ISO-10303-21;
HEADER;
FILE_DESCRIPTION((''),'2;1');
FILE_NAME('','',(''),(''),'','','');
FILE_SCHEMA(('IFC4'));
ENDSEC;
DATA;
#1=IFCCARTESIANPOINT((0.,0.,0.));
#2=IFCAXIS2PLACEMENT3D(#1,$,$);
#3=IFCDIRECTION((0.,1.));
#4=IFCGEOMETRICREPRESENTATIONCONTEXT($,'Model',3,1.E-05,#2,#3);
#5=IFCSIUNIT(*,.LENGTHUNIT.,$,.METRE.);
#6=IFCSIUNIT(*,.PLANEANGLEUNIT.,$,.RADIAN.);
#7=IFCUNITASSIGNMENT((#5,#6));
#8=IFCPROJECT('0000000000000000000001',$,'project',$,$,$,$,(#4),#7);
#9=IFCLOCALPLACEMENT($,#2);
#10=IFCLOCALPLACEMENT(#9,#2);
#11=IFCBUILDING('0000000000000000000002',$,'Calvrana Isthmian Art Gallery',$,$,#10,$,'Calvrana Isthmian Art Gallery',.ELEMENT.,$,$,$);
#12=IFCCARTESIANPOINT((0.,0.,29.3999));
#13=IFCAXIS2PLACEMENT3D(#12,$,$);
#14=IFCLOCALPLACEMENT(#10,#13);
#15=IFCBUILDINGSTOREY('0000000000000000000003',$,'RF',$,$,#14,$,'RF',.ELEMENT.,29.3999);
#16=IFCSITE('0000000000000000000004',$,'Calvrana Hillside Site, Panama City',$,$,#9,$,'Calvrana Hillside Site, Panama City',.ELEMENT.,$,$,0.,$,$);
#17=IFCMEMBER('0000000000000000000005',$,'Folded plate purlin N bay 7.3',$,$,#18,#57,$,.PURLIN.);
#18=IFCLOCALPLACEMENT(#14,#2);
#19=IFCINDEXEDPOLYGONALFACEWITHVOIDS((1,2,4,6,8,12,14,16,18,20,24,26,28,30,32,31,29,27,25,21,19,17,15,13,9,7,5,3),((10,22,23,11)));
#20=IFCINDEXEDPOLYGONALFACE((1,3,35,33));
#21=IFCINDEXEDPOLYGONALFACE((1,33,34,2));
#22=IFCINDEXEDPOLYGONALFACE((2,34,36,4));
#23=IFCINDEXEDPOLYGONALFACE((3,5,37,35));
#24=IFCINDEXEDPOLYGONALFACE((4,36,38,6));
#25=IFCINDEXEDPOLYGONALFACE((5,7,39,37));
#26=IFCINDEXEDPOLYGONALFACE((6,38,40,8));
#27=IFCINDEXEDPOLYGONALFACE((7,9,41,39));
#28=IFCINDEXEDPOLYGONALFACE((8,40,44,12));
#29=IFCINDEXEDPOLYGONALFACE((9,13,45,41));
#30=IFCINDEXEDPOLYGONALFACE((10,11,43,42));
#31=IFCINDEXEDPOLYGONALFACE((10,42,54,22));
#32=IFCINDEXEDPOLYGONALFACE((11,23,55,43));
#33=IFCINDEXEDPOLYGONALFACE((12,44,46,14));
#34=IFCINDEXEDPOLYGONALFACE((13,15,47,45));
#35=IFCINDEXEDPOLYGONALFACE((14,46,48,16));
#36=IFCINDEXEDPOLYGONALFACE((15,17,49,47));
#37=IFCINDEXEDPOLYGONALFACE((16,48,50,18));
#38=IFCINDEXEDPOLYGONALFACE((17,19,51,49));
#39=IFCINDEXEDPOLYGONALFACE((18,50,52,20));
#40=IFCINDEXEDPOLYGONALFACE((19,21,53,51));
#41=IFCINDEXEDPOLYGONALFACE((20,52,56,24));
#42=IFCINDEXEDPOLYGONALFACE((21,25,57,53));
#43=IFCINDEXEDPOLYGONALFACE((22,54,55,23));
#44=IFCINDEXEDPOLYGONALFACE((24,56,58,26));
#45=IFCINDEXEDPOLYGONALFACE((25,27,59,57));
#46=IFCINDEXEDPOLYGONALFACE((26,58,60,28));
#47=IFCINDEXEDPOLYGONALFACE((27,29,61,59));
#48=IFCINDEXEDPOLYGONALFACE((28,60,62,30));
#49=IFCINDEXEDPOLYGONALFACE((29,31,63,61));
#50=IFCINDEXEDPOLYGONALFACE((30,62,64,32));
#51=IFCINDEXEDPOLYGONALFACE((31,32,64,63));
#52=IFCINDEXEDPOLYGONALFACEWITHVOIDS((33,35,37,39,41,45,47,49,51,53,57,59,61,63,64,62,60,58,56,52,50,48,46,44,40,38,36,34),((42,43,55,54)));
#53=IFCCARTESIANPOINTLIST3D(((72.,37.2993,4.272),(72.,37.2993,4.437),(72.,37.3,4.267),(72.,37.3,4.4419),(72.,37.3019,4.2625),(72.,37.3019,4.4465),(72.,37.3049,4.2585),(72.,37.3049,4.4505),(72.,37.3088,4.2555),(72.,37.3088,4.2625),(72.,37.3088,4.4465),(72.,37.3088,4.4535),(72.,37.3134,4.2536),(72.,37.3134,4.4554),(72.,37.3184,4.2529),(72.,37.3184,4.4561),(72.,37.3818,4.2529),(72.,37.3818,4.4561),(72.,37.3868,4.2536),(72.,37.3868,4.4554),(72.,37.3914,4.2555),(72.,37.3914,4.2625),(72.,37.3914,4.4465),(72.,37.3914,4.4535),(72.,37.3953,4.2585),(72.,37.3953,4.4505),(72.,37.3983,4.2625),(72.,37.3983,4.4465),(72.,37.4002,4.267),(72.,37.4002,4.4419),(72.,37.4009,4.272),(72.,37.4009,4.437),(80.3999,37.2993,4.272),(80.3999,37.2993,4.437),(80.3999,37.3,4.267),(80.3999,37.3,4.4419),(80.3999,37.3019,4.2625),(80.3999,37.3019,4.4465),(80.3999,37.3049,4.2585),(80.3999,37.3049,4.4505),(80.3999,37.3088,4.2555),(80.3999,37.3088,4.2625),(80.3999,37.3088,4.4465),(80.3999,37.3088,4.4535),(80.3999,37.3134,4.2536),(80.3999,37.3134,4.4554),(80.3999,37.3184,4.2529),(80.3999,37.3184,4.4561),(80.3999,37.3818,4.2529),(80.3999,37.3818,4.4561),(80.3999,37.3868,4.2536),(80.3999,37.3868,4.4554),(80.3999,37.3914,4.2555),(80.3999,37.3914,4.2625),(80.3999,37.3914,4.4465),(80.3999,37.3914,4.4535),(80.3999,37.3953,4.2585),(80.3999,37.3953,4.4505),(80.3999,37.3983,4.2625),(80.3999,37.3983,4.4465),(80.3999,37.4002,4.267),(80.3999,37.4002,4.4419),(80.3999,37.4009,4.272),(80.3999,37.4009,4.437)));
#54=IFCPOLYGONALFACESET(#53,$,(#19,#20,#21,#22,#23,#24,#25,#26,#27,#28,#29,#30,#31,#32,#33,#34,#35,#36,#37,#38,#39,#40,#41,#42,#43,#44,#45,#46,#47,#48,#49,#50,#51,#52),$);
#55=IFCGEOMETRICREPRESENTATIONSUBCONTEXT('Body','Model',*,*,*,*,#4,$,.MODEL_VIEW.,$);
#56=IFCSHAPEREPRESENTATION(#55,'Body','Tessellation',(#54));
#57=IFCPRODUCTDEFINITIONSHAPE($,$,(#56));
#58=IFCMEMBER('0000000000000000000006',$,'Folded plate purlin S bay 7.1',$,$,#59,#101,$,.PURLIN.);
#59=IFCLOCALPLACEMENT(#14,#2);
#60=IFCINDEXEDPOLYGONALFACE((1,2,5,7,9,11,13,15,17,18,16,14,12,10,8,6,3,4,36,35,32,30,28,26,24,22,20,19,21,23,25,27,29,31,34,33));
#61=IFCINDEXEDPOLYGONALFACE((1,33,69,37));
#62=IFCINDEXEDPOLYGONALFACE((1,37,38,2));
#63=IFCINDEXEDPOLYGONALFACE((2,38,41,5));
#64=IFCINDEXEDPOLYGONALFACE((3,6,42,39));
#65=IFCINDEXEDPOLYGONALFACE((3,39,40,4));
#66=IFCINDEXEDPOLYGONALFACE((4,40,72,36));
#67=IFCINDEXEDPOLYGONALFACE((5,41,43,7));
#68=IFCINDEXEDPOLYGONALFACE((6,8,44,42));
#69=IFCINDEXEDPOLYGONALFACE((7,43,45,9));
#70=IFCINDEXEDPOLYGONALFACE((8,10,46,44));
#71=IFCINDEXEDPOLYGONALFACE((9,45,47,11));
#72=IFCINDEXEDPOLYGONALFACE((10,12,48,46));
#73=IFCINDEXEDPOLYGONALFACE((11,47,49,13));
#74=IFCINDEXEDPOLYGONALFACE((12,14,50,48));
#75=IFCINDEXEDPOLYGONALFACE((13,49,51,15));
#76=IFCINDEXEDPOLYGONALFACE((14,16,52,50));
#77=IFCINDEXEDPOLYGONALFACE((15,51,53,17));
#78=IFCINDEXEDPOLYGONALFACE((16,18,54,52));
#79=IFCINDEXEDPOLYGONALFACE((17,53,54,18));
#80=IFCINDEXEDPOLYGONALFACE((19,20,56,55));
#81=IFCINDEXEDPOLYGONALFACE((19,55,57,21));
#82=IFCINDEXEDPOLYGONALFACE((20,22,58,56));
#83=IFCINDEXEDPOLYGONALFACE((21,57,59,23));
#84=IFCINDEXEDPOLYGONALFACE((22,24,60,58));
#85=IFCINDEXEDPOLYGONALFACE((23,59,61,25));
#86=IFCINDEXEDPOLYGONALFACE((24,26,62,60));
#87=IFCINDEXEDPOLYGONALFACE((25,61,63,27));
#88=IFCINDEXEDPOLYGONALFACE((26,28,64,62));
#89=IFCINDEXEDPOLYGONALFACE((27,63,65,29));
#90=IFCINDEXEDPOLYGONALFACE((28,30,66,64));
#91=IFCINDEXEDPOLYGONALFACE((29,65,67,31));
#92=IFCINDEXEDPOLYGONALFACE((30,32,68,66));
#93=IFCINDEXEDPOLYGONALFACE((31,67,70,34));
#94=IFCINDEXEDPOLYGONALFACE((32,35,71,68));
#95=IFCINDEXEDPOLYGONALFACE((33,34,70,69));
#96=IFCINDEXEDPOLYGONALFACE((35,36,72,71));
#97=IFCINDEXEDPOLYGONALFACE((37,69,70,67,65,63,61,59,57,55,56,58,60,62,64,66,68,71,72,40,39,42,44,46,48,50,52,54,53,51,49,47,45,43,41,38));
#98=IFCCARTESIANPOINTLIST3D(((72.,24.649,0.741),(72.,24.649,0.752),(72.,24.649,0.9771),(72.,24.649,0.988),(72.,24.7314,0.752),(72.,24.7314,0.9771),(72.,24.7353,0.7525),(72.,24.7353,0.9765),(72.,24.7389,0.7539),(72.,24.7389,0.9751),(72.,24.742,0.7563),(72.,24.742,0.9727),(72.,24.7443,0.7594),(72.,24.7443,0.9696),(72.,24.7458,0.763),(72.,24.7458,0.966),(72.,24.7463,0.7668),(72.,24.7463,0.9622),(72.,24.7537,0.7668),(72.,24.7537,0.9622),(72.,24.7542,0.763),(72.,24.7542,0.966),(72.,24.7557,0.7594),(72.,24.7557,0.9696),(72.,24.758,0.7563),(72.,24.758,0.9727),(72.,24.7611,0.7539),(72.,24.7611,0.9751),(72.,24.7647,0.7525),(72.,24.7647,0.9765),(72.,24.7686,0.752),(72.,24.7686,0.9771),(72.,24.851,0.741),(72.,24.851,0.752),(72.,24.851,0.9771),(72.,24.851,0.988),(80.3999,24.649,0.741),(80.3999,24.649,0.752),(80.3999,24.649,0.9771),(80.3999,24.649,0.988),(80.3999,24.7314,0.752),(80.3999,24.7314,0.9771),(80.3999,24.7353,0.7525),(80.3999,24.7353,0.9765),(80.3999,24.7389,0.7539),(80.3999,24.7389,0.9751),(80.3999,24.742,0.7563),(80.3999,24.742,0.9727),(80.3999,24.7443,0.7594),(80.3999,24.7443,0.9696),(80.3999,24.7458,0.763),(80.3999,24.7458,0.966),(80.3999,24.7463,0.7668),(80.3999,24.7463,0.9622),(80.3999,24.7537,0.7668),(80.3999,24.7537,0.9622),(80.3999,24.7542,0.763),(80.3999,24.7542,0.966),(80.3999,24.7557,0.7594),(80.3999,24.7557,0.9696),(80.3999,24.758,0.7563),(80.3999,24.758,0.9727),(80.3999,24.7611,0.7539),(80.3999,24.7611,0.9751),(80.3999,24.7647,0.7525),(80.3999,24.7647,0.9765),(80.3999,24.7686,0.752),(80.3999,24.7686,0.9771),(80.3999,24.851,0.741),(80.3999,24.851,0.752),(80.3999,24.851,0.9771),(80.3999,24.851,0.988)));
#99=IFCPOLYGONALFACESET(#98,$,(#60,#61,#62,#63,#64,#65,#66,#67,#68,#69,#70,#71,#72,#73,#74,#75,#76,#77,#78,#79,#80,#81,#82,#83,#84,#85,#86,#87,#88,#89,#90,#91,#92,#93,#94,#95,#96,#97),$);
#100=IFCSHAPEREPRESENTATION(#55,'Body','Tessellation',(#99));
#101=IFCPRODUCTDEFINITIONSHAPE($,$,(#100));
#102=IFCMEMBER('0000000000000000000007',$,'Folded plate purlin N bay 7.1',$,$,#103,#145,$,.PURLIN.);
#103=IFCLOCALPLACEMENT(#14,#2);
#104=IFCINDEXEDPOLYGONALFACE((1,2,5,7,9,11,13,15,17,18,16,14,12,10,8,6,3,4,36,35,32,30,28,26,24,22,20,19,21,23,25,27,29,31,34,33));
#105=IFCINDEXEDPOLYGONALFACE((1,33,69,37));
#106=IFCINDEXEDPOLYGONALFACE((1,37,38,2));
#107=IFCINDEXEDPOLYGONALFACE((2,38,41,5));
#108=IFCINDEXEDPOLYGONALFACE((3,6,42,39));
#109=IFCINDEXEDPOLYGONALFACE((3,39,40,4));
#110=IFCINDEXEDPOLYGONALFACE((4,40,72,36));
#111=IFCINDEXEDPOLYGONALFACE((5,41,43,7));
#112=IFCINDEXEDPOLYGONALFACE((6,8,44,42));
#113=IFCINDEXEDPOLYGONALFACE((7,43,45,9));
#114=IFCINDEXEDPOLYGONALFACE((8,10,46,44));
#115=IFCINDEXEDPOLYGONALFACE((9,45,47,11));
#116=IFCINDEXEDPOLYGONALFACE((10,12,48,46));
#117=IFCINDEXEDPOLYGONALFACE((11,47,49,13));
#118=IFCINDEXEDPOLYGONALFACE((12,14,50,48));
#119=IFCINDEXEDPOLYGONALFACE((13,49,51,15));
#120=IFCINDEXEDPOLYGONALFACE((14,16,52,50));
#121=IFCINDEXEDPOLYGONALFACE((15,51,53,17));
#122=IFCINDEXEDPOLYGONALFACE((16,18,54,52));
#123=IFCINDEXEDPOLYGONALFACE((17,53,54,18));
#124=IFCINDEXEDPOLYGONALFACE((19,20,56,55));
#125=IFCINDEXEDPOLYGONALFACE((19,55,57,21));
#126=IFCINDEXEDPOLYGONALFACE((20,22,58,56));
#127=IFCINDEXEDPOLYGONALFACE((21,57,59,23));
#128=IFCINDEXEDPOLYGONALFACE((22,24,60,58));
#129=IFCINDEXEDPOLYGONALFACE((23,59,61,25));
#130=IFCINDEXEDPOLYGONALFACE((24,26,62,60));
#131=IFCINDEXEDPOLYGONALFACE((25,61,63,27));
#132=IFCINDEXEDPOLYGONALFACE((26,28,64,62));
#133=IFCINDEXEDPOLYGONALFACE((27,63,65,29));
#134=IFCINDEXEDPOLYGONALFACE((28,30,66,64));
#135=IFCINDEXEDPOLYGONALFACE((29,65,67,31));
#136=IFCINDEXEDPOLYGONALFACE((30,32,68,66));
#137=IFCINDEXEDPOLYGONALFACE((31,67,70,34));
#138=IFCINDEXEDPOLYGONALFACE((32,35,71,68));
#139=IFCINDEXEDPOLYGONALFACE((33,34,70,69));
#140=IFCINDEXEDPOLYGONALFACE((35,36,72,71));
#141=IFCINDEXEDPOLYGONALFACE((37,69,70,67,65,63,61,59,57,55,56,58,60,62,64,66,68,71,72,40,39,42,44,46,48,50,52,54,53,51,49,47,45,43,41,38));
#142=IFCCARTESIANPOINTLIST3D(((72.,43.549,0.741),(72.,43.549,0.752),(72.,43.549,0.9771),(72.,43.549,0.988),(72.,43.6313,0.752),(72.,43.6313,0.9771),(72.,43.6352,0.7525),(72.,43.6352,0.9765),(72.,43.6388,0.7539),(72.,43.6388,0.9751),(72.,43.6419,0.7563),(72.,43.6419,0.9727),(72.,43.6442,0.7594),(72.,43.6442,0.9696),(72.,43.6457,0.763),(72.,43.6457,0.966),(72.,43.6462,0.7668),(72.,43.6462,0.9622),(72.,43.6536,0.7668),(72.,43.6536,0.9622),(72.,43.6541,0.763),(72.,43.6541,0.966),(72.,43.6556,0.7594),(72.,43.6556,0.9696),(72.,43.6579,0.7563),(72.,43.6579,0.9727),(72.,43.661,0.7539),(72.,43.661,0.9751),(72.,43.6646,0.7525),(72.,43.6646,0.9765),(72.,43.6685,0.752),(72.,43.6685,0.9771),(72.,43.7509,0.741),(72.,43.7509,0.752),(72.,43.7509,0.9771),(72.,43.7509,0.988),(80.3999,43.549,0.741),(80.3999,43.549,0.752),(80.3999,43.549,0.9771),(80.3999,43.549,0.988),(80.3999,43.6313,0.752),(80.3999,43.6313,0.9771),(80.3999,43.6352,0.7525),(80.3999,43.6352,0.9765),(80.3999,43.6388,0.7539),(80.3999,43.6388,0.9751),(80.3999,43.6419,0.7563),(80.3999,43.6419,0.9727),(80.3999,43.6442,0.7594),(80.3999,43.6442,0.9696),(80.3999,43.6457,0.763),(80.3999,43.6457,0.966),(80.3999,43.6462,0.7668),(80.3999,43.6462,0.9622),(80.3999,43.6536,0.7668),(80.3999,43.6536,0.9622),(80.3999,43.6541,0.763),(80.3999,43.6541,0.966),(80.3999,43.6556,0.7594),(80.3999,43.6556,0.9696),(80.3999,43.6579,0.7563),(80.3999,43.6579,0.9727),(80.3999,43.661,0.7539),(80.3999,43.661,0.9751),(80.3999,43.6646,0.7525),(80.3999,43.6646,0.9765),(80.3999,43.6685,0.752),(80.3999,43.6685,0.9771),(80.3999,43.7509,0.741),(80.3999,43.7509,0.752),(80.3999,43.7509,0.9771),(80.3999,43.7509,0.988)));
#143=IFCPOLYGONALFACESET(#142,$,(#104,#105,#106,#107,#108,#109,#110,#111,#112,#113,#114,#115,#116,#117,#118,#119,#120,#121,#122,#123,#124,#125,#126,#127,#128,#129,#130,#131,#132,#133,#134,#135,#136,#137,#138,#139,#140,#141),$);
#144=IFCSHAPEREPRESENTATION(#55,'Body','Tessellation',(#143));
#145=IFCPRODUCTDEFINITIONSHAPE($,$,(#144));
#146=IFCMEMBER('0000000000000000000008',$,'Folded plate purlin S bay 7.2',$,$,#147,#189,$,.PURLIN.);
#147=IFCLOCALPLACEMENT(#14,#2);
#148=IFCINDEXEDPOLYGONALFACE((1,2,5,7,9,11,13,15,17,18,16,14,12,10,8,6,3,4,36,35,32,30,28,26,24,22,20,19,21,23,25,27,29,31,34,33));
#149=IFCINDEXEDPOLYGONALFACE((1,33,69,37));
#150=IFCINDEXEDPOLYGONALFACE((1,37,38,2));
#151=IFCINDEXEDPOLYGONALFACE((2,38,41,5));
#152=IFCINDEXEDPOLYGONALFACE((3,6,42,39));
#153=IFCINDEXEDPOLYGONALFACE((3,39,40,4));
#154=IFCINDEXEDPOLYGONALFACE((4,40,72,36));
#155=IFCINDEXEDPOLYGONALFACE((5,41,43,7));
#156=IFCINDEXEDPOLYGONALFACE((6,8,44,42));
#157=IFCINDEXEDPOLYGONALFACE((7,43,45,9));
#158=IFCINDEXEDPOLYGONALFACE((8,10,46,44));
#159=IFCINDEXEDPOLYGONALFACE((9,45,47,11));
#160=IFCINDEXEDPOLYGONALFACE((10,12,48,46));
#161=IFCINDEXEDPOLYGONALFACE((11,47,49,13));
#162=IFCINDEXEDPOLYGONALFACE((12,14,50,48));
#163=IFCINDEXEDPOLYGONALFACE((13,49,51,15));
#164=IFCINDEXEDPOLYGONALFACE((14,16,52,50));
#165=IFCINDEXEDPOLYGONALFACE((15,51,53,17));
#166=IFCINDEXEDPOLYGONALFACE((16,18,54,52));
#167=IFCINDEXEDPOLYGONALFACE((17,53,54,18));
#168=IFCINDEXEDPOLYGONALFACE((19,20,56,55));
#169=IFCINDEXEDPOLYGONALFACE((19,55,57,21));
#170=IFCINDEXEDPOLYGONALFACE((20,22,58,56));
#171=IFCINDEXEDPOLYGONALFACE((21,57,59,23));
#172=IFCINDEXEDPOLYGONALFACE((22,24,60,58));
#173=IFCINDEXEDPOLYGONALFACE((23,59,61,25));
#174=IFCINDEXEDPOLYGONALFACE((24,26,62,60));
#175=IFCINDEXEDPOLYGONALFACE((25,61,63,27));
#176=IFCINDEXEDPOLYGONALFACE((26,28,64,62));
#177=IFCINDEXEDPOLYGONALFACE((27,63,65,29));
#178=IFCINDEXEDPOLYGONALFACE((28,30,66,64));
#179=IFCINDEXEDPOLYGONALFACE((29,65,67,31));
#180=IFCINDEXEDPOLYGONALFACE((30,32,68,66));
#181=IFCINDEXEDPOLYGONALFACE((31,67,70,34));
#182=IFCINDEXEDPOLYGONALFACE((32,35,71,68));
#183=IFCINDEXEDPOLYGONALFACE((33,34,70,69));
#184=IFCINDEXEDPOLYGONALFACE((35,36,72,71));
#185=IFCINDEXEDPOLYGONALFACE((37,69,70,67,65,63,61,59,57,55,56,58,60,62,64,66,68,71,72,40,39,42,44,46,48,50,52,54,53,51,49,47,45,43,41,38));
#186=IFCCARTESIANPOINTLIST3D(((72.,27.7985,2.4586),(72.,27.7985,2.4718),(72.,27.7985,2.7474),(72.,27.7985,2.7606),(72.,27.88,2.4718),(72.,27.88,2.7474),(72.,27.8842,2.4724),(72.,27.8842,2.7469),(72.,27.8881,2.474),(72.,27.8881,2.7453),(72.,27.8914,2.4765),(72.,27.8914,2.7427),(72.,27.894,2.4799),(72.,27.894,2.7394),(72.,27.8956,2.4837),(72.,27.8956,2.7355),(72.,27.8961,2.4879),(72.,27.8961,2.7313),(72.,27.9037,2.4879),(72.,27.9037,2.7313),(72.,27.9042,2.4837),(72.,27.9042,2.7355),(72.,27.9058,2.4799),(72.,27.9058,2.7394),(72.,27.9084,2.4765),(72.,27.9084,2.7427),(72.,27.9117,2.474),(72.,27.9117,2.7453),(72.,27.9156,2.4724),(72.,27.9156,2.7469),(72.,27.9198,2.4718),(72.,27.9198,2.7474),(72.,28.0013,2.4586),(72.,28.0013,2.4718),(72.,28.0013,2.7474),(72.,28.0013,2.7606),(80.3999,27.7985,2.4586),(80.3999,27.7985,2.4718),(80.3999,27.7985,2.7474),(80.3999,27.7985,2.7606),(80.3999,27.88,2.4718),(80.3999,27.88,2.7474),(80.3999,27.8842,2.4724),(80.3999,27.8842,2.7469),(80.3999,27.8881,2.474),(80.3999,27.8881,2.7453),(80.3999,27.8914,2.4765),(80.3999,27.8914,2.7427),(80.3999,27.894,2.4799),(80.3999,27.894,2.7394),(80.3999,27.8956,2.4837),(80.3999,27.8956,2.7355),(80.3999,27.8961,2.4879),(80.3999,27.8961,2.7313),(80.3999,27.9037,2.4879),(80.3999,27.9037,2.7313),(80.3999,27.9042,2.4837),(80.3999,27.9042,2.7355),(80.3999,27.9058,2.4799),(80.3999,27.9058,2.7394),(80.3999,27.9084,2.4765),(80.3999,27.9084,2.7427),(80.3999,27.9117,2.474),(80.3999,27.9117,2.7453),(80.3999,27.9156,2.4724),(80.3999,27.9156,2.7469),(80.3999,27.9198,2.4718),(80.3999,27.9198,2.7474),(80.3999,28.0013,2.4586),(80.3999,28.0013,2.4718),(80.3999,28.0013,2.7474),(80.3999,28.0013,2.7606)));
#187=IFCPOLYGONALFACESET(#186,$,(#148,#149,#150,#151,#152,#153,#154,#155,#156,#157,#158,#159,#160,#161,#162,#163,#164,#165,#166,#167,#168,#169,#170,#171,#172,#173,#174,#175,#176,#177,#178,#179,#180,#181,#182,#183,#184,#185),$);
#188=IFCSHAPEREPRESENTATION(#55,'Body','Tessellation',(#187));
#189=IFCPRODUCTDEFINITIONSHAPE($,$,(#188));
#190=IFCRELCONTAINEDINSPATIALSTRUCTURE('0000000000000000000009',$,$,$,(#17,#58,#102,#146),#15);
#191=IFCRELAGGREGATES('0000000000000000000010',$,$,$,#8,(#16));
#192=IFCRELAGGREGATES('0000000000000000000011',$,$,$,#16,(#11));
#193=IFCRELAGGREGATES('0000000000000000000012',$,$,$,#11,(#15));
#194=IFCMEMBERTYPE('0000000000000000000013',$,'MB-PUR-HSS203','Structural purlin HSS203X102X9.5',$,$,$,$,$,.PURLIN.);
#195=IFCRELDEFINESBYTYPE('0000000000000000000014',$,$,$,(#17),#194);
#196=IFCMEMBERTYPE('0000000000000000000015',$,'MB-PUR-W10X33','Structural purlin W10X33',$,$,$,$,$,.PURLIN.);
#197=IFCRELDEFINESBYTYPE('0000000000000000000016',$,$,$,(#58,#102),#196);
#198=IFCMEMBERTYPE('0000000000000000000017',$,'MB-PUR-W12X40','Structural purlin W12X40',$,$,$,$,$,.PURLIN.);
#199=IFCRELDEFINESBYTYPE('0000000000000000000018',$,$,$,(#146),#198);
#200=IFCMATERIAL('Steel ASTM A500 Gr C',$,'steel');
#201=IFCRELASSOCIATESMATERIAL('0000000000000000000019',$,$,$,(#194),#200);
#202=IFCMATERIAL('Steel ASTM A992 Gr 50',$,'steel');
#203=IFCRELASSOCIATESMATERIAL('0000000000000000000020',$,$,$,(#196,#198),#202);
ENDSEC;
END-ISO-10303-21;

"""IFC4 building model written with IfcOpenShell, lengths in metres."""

from ifc_helpers import new_model, si_unit, direction, frame, origin, origin_2d, place, context, subcontext, project, spatial, hollow_rectangle, i_section, extrude, material, material_profile, profile_set, type_object, element, save


model = new_model("IFC4")

# Units and contexts
model_context = context("Model", 3, precision=1e-05, world=origin(), true_north=direction((0.0, 1.0)))
body_context = subcontext(model_context, "Body", "Model", "MODEL_VIEW")
ifc_project = project(units=[si_unit("LENGTHUNIT", "METRE"), si_unit("PLANEANGLEUNIT", "RADIAN")], contexts=[model_context])

# Site, building, storey
site_placement = place(None, origin())
site = spatial("IfcSite", under=ifc_project, at=site_placement, Name="Calvrana Hillside Site, Panama City", LongName="Calvrana Hillside Site, Panama City", CompositionType="ELEMENT", RefElevation=0.0)
building_placement = place(site_placement, origin())
building = spatial("IfcBuilding", under=site, at=building_placement, Name="Calvrana Isthmian Art Gallery", LongName="Calvrana Isthmian Art Gallery", CompositionType="ELEMENT")
storey_placement = place(building_placement, frame((0.0, 0.0, 29.3999)))
storey = spatial("IfcBuildingStorey", under=building, at=storey_placement, Name="RF", LongName="RF", CompositionType="ELEMENT", Elevation=29.3999)

# Shared definitions
ifc_material_1 = material(Name="Steel ASTM A500 Gr C", Category="steel")

# Shared definitions
ifc_material_2 = material(Name="Steel ASTM A992 Gr 50", Category="steel")

# Members
ifc_material_profile_1 = material_profile(ifc_material_1, hollow_rectangle(XDim=0.1016, YDim=0.2031, WallThickness=0.0095, OuterFilletRadius=0.019, at=origin_2d()), Name="HSS203X102X9.5")
ifc_profile_set_1 = profile_set([ifc_material_profile_1], Name="Steel ASTM A500 Gr C")
member_type_1 = type_object("IfcMemberType", Name="MB-PUR-HSS203", Description="Structural purlin HSS203X102X9.5", PredefinedType="PURLIN", material=ifc_profile_set_1)
for number, where, z_axis, x_axis, name in (
    (1, (72.0, 37.3501, 4.3545), (1.0, 0.0, 0.0), (0.0, 1.0, 0.0), "Folded plate purlin N bay 7.3"),
):
    element("IfcMember", number, at=place(storey_placement, frame(where, z_axis=z_axis, x_axis=x_axis)), inside=storey, type_object=member_type_1, Name=name, PredefinedType="PURLIN", context=body_context, shape_type="SweptSolid", body=[
        extrude(hollow_rectangle(XDim=0.1016, YDim=0.2031, WallThickness=0.0095, OuterFilletRadius=0.019, at=origin_2d()), origin(), (0.0, 0.0, 1.0), 8.3999),
    ])
ifc_material_profile_2 = material_profile(ifc_material_2, i_section(OverallWidth=0.2019, OverallDepth=0.2471, WebThickness=0.0073, FlangeThickness=0.011, FilletRadius=0.0149, at=origin_2d()), Name="W10X33")
ifc_profile_set_2 = profile_set([ifc_material_profile_2], Name="Steel ASTM A992 Gr 50")
member_type_2 = type_object("IfcMemberType", Name="MB-PUR-W10X33", Description="Structural purlin W10X33", PredefinedType="PURLIN", material=ifc_profile_set_2)
for number, where, z_axis, x_axis, name in (
    (2, (72.0, 24.75, 0.8645), (1.0, 0.0, 0.0), (0.0, 1.0, 0.0), "Folded plate purlin S bay 7.1"),
    (3, (72.0, 43.6499, 0.8645), (1.0, 0.0, 0.0), (0.0, 1.0, 0.0), "Folded plate purlin N bay 7.1"),
):
    element("IfcMember", number, at=place(storey_placement, frame(where, z_axis=z_axis, x_axis=x_axis)), inside=storey, type_object=member_type_2, Name=name, PredefinedType="PURLIN", context=body_context, shape_type="SweptSolid", body=[
        extrude(i_section(OverallWidth=0.2019, OverallDepth=0.2471, WebThickness=0.0073, FlangeThickness=0.011, FilletRadius=0.0149, at=origin_2d()), origin(), (0.0, 0.0, 1.0), 8.3999),
    ])
ifc_material_profile_3 = material_profile(ifc_material_2, i_section(OverallWidth=0.2029, OverallDepth=0.302, WebThickness=0.0076, FlangeThickness=0.0132, FilletRadius=0.0161, at=origin_2d()), Name="W12X40")
ifc_profile_set_3 = profile_set([ifc_material_profile_3], Name="Steel ASTM A992 Gr 50")
member_type_3 = type_object("IfcMemberType", Name="MB-PUR-W12X40", Description="Structural purlin W12X40", PredefinedType="PURLIN", material=ifc_profile_set_3)
for number, where, z_axis, x_axis, name in (
    (4, (72.0, 27.8999, 2.6096), (1.0, 0.0, 0.0), (0.0, 1.0, 0.0), "Folded plate purlin S bay 7.2"),
):
    element("IfcMember", number, at=place(storey_placement, frame(where, z_axis=z_axis, x_axis=x_axis)), inside=storey, type_object=member_type_3, Name=name, PredefinedType="PURLIN", context=body_context, shape_type="SweptSolid", body=[
        extrude(i_section(OverallWidth=0.2029, OverallDepth=0.302, WebThickness=0.0076, FlangeThickness=0.0132, FilletRadius=0.0161, at=origin_2d()), origin(), (0.0, 0.0, 1.0), 8.3999),
    ])

save(model, "model.ifc")
